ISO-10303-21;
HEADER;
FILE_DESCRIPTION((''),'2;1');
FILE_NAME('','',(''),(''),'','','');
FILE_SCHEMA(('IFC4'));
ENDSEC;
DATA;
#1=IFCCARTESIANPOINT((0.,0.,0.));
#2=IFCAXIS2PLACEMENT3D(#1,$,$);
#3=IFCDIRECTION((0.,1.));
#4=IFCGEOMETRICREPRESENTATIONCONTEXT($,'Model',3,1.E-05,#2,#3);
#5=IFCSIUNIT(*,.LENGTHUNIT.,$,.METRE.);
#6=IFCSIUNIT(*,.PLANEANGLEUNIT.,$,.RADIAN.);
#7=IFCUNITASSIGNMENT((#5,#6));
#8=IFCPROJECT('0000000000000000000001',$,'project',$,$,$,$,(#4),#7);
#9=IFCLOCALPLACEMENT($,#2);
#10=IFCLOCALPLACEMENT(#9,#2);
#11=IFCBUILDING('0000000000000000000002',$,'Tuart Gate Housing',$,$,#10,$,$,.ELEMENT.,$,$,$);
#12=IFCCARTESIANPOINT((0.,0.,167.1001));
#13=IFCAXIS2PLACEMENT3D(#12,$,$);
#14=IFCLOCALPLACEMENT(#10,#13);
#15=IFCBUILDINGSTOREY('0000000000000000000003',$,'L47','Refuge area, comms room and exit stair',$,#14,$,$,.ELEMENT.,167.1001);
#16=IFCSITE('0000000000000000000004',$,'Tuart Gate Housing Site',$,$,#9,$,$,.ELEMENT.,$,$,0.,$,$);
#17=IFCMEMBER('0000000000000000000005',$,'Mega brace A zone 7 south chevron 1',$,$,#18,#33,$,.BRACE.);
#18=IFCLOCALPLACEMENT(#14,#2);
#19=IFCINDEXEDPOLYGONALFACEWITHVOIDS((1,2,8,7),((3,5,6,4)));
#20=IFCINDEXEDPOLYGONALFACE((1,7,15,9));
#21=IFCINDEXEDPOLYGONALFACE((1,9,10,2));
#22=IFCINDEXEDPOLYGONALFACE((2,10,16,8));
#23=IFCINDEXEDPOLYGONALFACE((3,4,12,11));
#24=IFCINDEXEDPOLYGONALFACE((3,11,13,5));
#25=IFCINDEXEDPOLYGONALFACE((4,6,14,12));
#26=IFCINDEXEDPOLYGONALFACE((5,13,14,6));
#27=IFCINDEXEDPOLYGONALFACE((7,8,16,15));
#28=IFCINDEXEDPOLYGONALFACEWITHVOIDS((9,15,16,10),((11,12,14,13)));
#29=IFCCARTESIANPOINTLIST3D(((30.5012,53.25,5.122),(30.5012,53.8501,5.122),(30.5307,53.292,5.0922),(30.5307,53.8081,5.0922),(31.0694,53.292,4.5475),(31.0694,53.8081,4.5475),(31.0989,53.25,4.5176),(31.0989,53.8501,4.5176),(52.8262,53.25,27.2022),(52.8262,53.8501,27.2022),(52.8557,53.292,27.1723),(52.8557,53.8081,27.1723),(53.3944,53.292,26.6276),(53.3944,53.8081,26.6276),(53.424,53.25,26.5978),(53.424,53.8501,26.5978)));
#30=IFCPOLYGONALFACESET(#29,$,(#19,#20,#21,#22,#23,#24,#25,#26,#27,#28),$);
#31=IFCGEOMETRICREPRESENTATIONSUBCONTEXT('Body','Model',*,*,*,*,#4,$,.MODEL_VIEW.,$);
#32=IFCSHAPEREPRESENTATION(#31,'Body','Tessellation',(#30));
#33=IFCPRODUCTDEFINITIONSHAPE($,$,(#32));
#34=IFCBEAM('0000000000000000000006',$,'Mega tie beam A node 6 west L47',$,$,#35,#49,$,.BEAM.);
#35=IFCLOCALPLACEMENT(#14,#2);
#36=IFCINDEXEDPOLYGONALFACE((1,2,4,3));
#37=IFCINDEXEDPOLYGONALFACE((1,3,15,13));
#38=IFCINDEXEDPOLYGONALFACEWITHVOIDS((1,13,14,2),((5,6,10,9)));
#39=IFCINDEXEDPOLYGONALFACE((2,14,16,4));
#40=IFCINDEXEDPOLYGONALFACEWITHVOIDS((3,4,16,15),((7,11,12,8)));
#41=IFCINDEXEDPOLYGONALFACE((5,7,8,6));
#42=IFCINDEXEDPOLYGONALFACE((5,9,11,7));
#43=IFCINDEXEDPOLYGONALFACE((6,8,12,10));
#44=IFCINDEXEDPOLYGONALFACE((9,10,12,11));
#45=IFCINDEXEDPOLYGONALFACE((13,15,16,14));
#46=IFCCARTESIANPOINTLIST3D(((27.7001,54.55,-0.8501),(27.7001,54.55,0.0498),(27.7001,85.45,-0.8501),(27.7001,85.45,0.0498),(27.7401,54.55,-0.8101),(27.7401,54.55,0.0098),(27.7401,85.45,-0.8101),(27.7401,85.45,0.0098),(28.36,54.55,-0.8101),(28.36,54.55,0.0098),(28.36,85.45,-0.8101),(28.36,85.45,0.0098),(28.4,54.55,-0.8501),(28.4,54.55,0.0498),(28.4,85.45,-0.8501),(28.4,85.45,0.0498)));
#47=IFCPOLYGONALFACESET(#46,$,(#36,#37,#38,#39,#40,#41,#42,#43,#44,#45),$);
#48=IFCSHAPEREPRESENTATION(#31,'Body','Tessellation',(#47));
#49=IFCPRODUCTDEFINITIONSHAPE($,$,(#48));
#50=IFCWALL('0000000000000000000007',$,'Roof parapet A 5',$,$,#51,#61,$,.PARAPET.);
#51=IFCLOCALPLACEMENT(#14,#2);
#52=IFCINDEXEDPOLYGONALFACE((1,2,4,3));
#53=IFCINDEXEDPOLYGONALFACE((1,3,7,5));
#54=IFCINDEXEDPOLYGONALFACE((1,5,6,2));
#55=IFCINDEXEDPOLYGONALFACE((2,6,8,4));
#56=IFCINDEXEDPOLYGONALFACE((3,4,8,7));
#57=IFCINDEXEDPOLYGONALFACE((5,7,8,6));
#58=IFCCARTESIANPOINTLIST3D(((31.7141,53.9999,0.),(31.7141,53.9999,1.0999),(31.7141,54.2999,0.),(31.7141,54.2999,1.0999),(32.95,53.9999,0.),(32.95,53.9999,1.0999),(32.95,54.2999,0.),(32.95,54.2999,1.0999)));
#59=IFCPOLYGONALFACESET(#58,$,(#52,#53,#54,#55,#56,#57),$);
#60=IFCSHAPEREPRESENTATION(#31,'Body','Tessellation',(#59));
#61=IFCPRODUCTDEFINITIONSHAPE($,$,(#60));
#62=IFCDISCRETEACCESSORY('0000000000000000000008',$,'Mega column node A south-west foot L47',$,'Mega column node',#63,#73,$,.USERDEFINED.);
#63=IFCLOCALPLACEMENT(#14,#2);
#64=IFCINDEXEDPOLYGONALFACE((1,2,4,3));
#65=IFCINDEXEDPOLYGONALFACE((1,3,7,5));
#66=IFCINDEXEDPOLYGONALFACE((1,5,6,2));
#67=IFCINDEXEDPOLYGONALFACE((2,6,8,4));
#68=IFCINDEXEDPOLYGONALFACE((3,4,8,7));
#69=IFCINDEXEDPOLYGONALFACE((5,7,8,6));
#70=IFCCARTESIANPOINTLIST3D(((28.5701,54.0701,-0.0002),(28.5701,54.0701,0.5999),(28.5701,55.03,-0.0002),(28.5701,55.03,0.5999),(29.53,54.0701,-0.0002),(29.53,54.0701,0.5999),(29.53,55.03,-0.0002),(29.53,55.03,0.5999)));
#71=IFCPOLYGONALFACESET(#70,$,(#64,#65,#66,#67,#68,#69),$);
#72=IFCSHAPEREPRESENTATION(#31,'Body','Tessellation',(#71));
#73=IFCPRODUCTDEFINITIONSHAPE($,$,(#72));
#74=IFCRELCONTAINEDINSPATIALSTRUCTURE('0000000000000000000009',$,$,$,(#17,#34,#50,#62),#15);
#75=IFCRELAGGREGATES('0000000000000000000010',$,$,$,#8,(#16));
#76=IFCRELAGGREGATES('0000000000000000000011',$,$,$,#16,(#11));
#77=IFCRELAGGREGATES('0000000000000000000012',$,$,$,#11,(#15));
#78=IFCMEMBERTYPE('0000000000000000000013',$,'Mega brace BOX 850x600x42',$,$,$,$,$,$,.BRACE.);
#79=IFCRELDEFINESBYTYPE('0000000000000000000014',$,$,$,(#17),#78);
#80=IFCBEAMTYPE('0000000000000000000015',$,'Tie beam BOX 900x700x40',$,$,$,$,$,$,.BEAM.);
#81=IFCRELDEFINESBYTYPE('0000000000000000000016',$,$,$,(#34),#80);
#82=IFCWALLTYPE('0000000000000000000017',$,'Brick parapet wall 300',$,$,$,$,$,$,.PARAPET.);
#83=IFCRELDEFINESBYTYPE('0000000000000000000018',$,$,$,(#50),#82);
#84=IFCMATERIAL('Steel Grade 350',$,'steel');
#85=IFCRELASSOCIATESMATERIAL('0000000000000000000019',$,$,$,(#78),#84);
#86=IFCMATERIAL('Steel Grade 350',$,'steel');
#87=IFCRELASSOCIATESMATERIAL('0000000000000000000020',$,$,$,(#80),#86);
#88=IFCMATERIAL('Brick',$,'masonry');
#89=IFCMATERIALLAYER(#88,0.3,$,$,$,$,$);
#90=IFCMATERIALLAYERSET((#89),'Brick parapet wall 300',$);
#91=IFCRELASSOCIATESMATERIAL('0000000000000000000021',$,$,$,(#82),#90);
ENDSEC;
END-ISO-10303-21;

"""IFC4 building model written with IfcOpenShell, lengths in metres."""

from ifc_helpers import new_model, si_unit, direction, frame, frame_2d, origin, origin_2d, place, context, subcontext, project, spatial, rectangle, hollow_rectangle, extrude, material, layer, layer_set, material_profile, profile_set, type_object, element, save


model = new_model("IFC4")

# Units and contexts
model_context = context("Model", 3, precision=1e-05, world=origin(), true_north=direction((0.0, 1.0)))
body_context = subcontext(model_context, "Body", "Model", "MODEL_VIEW")
ifc_project = project(units=[si_unit("LENGTHUNIT", "METRE"), si_unit("PLANEANGLEUNIT", "RADIAN")], contexts=[model_context])

# Site, building, storey
site_placement = place(None, origin())
site = spatial("IfcSite", under=ifc_project, at=site_placement, Name="Tuart Gate Housing Site", CompositionType="ELEMENT", RefElevation=0.0)
building_placement = place(site_placement, origin())
building = spatial("IfcBuilding", under=site, at=building_placement, Name="Tuart Gate Housing", CompositionType="ELEMENT")
storey_placement = place(building_placement, frame((0.0, 0.0, 167.1001)))
storey = spatial("IfcBuildingStorey", under=building, at=storey_placement, Name="L47", Description="Refuge area, comms room and exit stair", CompositionType="ELEMENT", Elevation=167.1001)

# Member
ifc_material_1 = material(Name="Steel Grade 350", Category="steel")
ifc_material_profile_1 = material_profile(ifc_material_1, hollow_rectangle(XDim=0.6001, YDim=0.8501, WallThickness=0.042, at=origin_2d()), Name="BOX 850x600x42")
ifc_profile_set_1 = profile_set([ifc_material_profile_1], Name="Steel Grade 350")
member_type_1 = type_object("IfcMemberType", Name="Mega brace BOX 850x600x42", PredefinedType="BRACE", material=ifc_profile_set_1)
member_1_placement = place(storey_placement, frame((30.8, 53.55, 4.8198), z_axis=(0.710995, 0.0, 0.703197), x_axis=(0.0, 1.0, 0.0)))
element("IfcMember", 1, at=member_1_placement, inside=storey, type_object=member_type_1, Name="Mega brace A zone 7 south chevron 1", PredefinedType="BRACE", context=body_context, shape_type="SweptSolid", body=[
    extrude(hollow_rectangle(XDim=0.6001, YDim=0.8501, WallThickness=0.042, at=origin_2d()), origin(), (0.0, 0.0, 1.0), 31.3997),
])

# Beam
ifc_material_2 = material(Name="Steel Grade 350", Category="steel")
ifc_material_profile_2 = material_profile(ifc_material_2, hollow_rectangle(XDim=0.7, YDim=0.8999, WallThickness=0.04, at=origin_2d()), Name="BOX 900x700x40")
ifc_profile_set_2 = profile_set([ifc_material_profile_2], Name="Steel Grade 350")
beam_type_1 = type_object("IfcBeamType", Name="Tie beam BOX 900x700x40", PredefinedType="BEAM", material=ifc_profile_set_2)
beam_1_placement = place(storey_placement, frame((28.05, 54.55, -0.4001), z_axis=(0.0, 1.0, 0.0), x_axis=(-1.0, 0.0, 0.0)))
element("IfcBeam", 2, at=beam_1_placement, inside=storey, type_object=beam_type_1, Name="Mega tie beam A node 6 west L47", PredefinedType="BEAM", context=body_context, shape_type="SweptSolid", body=[
    extrude(hollow_rectangle(XDim=0.7, YDim=0.8999, WallThickness=0.04, at=origin_2d()), origin(), (0.0, 0.0, 1.0), 30.8999),
])

# Wall
ifc_material_3 = material(Name="Brick", Category="masonry")
ifc_layer_1 = layer(ifc_material_3, 0.3)
ifc_layer_set_1 = layer_set([ifc_layer_1], Name="Brick parapet wall 300")
wall_type_1 = type_object("IfcWallType", Name="Brick parapet wall 300", PredefinedType="PARAPET", material=ifc_layer_set_1)
wall_1_placement = place(storey_placement, frame((31.7141, 54.1499, 0.0), z_axis=(0.0, 0.0, 1.0), x_axis=(1.0, 0.0, 0.0)))
element("IfcWall", 3, at=wall_1_placement, inside=storey, type_object=wall_type_1, Name="Roof parapet A 5", PredefinedType="PARAPET", context=body_context, shape_type="SweptSolid", body=[
    extrude(rectangle(XDim=1.2358, YDim=0.3, at=frame_2d((0.6179, 0.0))), origin(), (0.0, 0.0, 1.0), 1.0999),
])

# Discrete accessory
discrete_accessory_placement = place(storey_placement, frame((29.05, 54.55, -0.0002), z_axis=(0.0, 0.0, 1.0), x_axis=(1.0, 0.0, 0.0)))
element("IfcDiscreteAccessory", 4, at=discrete_accessory_placement, inside=storey, Name="Mega column node A south-west foot L47", ObjectType="Mega column node", PredefinedType="USERDEFINED", context=body_context, shape_type="SweptSolid", body=[
    extrude(rectangle(XDim=0.96, YDim=0.96, at=origin_2d()), origin(), (0.0, 0.0, 1.0), 0.6001),
])

save(model, "model.ifc")
